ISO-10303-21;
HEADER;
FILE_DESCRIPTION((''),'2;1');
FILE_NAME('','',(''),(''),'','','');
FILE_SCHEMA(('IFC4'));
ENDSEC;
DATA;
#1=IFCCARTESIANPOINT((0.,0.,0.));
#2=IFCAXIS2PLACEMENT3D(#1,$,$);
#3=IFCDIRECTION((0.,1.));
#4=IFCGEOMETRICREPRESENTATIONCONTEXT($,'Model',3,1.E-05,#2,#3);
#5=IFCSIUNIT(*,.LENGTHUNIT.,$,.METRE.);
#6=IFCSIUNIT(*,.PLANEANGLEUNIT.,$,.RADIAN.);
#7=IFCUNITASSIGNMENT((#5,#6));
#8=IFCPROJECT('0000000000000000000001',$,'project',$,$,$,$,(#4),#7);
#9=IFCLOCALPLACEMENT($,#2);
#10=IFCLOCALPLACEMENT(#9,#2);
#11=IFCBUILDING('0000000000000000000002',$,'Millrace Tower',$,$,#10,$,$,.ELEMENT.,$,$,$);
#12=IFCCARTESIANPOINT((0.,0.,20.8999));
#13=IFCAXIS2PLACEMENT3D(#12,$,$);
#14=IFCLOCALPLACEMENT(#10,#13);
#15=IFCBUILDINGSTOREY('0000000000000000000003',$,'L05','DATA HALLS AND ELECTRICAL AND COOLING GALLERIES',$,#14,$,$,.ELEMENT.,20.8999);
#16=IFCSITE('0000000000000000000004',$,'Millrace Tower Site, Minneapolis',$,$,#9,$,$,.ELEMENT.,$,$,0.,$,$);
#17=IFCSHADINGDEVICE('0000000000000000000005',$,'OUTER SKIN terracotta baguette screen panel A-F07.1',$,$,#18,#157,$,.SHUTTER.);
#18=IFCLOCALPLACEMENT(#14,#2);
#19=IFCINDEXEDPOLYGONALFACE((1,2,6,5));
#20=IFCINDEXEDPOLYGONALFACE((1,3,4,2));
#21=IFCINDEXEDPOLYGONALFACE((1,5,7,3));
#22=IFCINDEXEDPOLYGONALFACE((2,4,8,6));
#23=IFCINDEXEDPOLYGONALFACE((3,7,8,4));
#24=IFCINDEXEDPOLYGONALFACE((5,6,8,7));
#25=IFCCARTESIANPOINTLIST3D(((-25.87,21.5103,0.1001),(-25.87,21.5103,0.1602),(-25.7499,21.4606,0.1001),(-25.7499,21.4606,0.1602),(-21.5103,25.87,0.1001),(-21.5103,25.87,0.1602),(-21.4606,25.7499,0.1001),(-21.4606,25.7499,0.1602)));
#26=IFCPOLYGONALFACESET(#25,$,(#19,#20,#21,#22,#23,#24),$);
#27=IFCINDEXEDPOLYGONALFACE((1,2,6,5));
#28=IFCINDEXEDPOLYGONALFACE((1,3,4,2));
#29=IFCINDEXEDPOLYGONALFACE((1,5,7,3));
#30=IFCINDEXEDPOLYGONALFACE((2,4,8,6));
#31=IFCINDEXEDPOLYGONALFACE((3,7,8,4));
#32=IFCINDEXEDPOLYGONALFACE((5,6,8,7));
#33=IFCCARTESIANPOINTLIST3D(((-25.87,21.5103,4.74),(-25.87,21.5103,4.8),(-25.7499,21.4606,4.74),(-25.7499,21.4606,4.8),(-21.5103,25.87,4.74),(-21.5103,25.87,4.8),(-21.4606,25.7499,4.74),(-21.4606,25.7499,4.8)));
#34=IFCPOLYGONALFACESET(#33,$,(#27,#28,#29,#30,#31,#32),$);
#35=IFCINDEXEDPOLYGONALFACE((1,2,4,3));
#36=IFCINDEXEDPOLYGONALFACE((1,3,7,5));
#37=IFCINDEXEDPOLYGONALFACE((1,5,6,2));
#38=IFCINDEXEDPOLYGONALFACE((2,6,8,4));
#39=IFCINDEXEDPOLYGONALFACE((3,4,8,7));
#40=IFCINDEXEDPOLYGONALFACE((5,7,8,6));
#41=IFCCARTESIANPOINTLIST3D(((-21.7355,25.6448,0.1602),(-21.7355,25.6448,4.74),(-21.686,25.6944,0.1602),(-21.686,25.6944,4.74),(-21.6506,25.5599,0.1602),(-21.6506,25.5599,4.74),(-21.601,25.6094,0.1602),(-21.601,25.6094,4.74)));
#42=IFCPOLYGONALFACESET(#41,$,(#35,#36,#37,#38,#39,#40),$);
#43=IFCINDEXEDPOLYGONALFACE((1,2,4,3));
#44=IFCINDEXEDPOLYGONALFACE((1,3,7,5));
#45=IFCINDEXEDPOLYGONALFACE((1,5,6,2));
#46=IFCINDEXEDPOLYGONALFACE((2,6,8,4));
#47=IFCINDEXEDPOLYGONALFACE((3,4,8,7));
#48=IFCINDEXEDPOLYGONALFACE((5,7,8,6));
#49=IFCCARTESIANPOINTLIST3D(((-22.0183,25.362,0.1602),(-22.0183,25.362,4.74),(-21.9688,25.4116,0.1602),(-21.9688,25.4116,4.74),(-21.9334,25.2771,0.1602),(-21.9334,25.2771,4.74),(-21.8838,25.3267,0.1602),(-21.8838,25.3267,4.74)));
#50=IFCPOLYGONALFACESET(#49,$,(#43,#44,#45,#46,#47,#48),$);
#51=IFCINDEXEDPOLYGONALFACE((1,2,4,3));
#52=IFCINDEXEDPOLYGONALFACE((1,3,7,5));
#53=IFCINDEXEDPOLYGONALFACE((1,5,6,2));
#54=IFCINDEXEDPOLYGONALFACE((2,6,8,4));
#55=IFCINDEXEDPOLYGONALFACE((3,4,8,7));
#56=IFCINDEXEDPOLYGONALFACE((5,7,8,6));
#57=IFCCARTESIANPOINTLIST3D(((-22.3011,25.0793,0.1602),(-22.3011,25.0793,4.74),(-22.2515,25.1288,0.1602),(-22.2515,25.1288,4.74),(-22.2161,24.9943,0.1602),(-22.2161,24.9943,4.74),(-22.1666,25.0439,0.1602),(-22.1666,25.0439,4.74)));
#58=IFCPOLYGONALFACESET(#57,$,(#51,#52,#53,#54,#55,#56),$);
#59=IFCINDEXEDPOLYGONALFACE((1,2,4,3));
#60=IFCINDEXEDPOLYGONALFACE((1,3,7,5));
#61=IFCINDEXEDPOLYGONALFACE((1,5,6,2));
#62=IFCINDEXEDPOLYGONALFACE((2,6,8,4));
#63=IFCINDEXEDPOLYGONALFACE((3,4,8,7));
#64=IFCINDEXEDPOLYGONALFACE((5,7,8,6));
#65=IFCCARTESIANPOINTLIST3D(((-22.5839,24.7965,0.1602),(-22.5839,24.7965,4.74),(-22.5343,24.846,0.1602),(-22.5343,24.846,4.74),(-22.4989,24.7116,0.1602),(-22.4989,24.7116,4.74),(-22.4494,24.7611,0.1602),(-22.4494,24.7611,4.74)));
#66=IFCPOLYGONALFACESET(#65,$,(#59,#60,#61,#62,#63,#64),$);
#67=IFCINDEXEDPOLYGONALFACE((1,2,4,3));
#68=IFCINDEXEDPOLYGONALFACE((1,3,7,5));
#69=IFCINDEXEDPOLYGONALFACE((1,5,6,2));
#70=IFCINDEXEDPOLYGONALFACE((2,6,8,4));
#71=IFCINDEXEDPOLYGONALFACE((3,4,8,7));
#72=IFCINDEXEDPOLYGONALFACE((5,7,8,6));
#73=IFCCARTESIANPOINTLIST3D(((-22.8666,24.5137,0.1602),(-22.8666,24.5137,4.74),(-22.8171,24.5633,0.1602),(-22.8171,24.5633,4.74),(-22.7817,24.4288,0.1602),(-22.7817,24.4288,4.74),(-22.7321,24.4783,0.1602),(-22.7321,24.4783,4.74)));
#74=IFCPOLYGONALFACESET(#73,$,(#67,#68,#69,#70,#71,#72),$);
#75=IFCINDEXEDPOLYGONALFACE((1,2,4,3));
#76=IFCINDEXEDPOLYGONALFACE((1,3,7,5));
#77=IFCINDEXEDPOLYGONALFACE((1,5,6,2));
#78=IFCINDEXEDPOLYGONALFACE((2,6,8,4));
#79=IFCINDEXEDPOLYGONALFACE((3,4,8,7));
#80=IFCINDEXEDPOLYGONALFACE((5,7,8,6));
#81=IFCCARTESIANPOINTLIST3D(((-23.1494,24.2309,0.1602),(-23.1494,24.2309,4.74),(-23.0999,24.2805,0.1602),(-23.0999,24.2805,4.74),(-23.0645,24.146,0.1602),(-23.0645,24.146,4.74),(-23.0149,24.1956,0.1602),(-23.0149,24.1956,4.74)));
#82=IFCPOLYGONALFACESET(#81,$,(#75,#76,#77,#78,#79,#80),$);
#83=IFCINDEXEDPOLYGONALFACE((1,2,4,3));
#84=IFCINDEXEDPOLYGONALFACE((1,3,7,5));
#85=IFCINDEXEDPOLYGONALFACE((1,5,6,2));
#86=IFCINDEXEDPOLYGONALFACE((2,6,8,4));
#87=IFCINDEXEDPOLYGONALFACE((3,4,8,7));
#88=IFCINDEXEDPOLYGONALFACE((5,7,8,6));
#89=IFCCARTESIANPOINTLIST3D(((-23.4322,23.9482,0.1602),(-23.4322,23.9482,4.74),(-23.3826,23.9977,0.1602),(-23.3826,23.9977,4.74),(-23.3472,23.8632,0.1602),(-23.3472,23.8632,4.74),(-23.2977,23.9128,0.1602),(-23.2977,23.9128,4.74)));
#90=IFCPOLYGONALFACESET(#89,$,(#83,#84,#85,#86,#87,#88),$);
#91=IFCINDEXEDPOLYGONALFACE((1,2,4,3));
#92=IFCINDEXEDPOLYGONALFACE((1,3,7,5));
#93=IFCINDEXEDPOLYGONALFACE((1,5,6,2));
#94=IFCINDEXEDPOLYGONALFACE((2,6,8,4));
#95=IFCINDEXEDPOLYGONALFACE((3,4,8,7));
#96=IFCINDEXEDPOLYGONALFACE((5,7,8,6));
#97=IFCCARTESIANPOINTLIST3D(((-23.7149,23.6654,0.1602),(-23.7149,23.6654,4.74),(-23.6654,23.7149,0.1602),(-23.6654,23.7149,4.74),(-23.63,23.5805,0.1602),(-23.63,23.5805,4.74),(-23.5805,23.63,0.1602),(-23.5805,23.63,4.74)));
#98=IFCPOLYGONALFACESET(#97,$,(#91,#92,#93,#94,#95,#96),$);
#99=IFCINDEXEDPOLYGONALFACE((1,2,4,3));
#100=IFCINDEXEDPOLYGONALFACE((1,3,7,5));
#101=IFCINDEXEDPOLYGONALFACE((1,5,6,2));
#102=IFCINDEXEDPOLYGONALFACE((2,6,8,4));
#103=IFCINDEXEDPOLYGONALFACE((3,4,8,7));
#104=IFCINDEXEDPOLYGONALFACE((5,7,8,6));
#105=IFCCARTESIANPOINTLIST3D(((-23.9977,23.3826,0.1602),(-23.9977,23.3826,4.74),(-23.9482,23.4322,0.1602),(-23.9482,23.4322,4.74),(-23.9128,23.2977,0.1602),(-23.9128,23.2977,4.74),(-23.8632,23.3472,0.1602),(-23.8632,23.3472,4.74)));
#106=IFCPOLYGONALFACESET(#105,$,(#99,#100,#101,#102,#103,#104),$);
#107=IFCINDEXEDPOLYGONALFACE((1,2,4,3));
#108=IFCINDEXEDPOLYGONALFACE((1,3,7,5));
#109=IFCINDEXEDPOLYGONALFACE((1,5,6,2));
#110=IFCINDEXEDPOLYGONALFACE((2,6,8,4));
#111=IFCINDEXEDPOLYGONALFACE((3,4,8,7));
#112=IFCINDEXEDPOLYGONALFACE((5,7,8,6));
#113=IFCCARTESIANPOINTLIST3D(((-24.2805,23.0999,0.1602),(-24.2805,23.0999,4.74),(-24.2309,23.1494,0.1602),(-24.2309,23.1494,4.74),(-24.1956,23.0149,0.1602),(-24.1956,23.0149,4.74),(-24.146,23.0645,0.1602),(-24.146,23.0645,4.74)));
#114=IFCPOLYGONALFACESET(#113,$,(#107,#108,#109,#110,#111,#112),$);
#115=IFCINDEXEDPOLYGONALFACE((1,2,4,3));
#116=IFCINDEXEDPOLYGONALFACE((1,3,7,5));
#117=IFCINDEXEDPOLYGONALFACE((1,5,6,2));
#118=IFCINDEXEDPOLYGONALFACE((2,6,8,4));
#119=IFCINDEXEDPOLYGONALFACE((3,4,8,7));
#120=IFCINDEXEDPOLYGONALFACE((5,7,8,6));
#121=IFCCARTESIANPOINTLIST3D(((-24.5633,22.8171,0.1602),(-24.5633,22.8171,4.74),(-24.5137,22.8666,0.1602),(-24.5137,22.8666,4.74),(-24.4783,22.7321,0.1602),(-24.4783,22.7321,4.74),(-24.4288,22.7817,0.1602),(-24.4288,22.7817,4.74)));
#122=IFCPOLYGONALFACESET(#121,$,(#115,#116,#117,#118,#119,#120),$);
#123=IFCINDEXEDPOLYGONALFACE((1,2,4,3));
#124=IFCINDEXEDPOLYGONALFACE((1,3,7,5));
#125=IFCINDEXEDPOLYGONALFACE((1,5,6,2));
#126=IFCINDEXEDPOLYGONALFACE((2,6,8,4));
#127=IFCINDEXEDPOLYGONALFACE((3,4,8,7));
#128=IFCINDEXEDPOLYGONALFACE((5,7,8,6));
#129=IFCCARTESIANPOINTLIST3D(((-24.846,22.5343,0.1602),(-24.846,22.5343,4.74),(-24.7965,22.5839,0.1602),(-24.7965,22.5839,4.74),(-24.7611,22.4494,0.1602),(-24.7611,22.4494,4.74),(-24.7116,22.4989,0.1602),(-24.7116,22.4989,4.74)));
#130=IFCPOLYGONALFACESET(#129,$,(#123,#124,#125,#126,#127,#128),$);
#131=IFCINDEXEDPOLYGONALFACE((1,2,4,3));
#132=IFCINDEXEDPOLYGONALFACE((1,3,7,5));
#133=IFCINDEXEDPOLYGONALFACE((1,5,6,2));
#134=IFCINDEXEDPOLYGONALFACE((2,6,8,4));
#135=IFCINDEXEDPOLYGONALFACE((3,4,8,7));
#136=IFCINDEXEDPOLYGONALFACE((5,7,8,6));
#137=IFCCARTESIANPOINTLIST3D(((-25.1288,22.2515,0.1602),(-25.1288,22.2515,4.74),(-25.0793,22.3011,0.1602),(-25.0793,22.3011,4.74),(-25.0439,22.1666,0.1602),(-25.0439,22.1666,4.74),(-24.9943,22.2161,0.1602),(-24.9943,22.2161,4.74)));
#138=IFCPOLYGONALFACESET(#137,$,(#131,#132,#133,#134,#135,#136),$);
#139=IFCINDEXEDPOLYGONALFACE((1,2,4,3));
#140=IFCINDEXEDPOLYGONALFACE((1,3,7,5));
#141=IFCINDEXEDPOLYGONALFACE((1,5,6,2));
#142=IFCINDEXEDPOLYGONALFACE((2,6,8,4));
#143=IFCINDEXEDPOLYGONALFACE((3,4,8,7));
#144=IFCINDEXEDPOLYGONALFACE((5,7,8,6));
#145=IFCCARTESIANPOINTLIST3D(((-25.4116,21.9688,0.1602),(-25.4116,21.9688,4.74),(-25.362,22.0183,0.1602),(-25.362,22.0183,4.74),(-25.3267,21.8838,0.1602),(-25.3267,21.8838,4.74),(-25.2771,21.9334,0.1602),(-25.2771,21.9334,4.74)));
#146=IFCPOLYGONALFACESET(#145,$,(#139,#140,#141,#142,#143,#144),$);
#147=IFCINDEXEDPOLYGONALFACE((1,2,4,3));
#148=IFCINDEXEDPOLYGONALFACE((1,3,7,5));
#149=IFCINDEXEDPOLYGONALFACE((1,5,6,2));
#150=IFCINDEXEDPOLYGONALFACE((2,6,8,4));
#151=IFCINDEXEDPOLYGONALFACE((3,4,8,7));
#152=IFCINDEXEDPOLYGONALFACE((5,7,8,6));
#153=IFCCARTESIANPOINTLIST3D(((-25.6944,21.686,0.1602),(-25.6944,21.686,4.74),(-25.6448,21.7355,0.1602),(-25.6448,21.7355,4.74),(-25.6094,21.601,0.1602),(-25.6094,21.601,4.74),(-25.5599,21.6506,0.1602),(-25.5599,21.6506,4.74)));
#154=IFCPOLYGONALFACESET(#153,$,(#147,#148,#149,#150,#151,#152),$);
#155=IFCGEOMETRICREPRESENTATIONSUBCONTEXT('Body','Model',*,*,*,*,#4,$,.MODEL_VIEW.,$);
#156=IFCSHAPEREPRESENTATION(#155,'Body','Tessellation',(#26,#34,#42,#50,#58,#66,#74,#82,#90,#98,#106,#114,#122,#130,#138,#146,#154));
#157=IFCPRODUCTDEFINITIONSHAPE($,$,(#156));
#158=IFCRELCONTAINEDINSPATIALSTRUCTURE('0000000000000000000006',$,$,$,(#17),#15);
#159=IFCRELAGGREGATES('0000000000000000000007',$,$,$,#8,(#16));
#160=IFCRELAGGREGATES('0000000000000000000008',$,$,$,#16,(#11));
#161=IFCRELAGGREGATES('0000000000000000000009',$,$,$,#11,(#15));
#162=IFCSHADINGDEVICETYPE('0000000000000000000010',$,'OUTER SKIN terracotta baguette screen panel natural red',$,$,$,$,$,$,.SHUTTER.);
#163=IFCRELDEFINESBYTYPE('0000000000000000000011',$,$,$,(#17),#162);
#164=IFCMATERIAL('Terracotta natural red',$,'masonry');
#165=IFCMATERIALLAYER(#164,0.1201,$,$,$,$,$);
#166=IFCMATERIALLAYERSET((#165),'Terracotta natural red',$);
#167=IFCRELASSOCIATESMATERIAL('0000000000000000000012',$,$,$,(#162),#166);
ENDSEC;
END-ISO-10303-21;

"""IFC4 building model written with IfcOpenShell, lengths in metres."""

from ifc_helpers import new_model, entity, si_unit, direction, frame, frame_2d, origin, origin_2d, place, context, subcontext, project, spatial, rectangle, extrude, source, transform, mapped, material, layer, layer_set, type_object, element, save


model = new_model("IFC4")

# Units and contexts
model_context = context("Model", 3, precision=1e-05, world=origin(), true_north=direction((0.0, 1.0)))
body_context = subcontext(model_context, "Body", "Model", "MODEL_VIEW")
ifc_project = project(units=[si_unit("LENGTHUNIT", "METRE"), si_unit("PLANEANGLEUNIT", "RADIAN")], contexts=[model_context])

# Site, building, storey
site_placement = place(None, origin())
site = spatial("IfcSite", under=ifc_project, at=site_placement, Name="Millrace Tower Site, Minneapolis", CompositionType="ELEMENT", RefElevation=0.0)
building_placement = place(site_placement, origin())
building = spatial("IfcBuilding", under=site, at=building_placement, Name="Millrace Tower", CompositionType="ELEMENT")
storey_placement = place(building_placement, frame((0.0, 0.0, 20.8999)))
storey = spatial("IfcBuildingStorey", under=building, at=storey_placement, Name="L05", Description="DATA HALLS AND ELECTRICAL AND COOLING GALLERIES", CompositionType="ELEMENT", Elevation=20.8999)

# Shading device
ifc_material_1 = material(Name="Terracotta natural red", Category="masonry")
ifc_layer_1 = layer(ifc_material_1, 0.1201)
ifc_layer_set_1 = layer_set([ifc_layer_1], Name="Terracotta natural red")
shading_device_type_1 = type_object("IfcShadingDeviceType", Name="OUTER SKIN terracotta baguette screen panel natural red", PredefinedType="SHUTTER", material=ifc_layer_set_1)
cartesian_point_1 = entity("IfcCartesianPoint", [-3.033, 0.0601])
shared_polyline_1 = entity("IfcPolyline", [cartesian_point_1, entity("IfcCartesianPoint", [3.033, 0.0601]), entity("IfcCartesianPoint", [3.0828, -0.0601]), entity("IfcCartesianPoint", [-3.0828, -0.0601]), cartesian_point_1])
shared_shape_1 = source(origin(), body_context, "Body", "SweptSolid", [
    entity("IfcExtrudedAreaSolid", entity("IfcArbitraryClosedProfileDef", "AREA", None, shared_polyline_1), entity("IfcAxis2Placement3D", entity("IfcCartesianPoint", [0.0, 0.0, 0.0])), entity("IfcDirection", [0.0, 0.0, 1.0]), 0.0601),
    entity("IfcExtrudedAreaSolid", entity("IfcArbitraryClosedProfileDef", "AREA", None, shared_polyline_1), entity("IfcAxis2Placement3D", entity("IfcCartesianPoint", [0.0, 0.0, 4.6399])), entity("IfcDirection", [0.0, 0.0, 1.0]), 0.0601),
    extrude(rectangle(XDim=0.0701, YDim=0.1201, at=frame_2d((-2.7993, 0.0))), frame((0.0, 0.0, 0.0601)), (0.0, 0.0, 1.0), 4.5798),
    extrude(rectangle(XDim=0.0701, YDim=0.1201, at=frame_2d((-2.3994, 0.0))), frame((0.0, 0.0, 0.0601)), (0.0, 0.0, 1.0), 4.5798),
    extrude(rectangle(XDim=0.0701, YDim=0.1201, at=frame_2d((-1.9995, 0.0))), frame((0.0, 0.0, 0.0601)), (0.0, 0.0, 1.0), 4.5798),
    extrude(rectangle(XDim=0.0701, YDim=0.1201, at=frame_2d((-1.5996, 0.0))), frame((0.0, 0.0, 0.0601)), (0.0, 0.0, 1.0), 4.5798),
    extrude(rectangle(XDim=0.0701, YDim=0.1201, at=frame_2d((-1.1997, 0.0))), frame((0.0, 0.0, 0.0601)), (0.0, 0.0, 1.0), 4.5798),
    extrude(rectangle(XDim=0.0701, YDim=0.1201, at=frame_2d((-0.7998, 0.0))), frame((0.0, 0.0, 0.0601)), (0.0, 0.0, 1.0), 4.5798),
    extrude(rectangle(XDim=0.0701, YDim=0.1201, at=frame_2d((-0.3999, 0.0))), frame((0.0, 0.0, 0.0601)), (0.0, 0.0, 1.0), 4.5798),
    extrude(rectangle(XDim=0.0701, YDim=0.1201, at=origin_2d()), frame((0.0, 0.0, 0.0601)), (0.0, 0.0, 1.0), 4.5798),
    extrude(rectangle(XDim=0.0701, YDim=0.1201, at=frame_2d((0.3999, 0.0))), frame((0.0, 0.0, 0.0601)), (0.0, 0.0, 1.0), 4.5798),
    extrude(rectangle(XDim=0.0701, YDim=0.1201, at=frame_2d((0.7998, 0.0))), frame((0.0, 0.0, 0.0601)), (0.0, 0.0, 1.0), 4.5798),
    extrude(rectangle(XDim=0.0701, YDim=0.1201, at=frame_2d((1.1997, 0.0))), frame((0.0, 0.0, 0.0601)), (0.0, 0.0, 1.0), 4.5798),
    extrude(rectangle(XDim=0.0701, YDim=0.1201, at=frame_2d((1.5996, 0.0))), frame((0.0, 0.0, 0.0601)), (0.0, 0.0, 1.0), 4.5798),
    extrude(rectangle(XDim=0.0701, YDim=0.1201, at=frame_2d((1.9995, 0.0))), frame((0.0, 0.0, 0.0601)), (0.0, 0.0, 1.0), 4.5798),
    extrude(rectangle(XDim=0.0701, YDim=0.1201, at=frame_2d((2.3994, 0.0))), frame((0.0, 0.0, 0.0601)), (0.0, 0.0, 1.0), 4.5798),
    extrude(rectangle(XDim=0.0701, YDim=0.1201, at=frame_2d((2.7993, 0.0))), frame((0.0, 0.0, 0.0601)), (0.0, 0.0, 1.0), 4.5798),
])
shading_device_1_placement = place(storey_placement, frame((-23.6477, 23.6477, 0.1001), z_axis=(0.0, 0.0, 1.0), x_axis=(-0.707107, -0.707107, 0.0)))
element("IfcShadingDevice", 1, at=shading_device_1_placement, inside=storey, type_object=shading_device_type_1, Name="OUTER SKIN terracotta baguette screen panel A-F07.1", PredefinedType="SHUTTER", context=body_context, shape_type="MappedRepresentation", body=[
    mapped(shared_shape_1, transform((0.0, 0.0, 0.0), scale=1.0)),
])

save(model, "model.ifc")
